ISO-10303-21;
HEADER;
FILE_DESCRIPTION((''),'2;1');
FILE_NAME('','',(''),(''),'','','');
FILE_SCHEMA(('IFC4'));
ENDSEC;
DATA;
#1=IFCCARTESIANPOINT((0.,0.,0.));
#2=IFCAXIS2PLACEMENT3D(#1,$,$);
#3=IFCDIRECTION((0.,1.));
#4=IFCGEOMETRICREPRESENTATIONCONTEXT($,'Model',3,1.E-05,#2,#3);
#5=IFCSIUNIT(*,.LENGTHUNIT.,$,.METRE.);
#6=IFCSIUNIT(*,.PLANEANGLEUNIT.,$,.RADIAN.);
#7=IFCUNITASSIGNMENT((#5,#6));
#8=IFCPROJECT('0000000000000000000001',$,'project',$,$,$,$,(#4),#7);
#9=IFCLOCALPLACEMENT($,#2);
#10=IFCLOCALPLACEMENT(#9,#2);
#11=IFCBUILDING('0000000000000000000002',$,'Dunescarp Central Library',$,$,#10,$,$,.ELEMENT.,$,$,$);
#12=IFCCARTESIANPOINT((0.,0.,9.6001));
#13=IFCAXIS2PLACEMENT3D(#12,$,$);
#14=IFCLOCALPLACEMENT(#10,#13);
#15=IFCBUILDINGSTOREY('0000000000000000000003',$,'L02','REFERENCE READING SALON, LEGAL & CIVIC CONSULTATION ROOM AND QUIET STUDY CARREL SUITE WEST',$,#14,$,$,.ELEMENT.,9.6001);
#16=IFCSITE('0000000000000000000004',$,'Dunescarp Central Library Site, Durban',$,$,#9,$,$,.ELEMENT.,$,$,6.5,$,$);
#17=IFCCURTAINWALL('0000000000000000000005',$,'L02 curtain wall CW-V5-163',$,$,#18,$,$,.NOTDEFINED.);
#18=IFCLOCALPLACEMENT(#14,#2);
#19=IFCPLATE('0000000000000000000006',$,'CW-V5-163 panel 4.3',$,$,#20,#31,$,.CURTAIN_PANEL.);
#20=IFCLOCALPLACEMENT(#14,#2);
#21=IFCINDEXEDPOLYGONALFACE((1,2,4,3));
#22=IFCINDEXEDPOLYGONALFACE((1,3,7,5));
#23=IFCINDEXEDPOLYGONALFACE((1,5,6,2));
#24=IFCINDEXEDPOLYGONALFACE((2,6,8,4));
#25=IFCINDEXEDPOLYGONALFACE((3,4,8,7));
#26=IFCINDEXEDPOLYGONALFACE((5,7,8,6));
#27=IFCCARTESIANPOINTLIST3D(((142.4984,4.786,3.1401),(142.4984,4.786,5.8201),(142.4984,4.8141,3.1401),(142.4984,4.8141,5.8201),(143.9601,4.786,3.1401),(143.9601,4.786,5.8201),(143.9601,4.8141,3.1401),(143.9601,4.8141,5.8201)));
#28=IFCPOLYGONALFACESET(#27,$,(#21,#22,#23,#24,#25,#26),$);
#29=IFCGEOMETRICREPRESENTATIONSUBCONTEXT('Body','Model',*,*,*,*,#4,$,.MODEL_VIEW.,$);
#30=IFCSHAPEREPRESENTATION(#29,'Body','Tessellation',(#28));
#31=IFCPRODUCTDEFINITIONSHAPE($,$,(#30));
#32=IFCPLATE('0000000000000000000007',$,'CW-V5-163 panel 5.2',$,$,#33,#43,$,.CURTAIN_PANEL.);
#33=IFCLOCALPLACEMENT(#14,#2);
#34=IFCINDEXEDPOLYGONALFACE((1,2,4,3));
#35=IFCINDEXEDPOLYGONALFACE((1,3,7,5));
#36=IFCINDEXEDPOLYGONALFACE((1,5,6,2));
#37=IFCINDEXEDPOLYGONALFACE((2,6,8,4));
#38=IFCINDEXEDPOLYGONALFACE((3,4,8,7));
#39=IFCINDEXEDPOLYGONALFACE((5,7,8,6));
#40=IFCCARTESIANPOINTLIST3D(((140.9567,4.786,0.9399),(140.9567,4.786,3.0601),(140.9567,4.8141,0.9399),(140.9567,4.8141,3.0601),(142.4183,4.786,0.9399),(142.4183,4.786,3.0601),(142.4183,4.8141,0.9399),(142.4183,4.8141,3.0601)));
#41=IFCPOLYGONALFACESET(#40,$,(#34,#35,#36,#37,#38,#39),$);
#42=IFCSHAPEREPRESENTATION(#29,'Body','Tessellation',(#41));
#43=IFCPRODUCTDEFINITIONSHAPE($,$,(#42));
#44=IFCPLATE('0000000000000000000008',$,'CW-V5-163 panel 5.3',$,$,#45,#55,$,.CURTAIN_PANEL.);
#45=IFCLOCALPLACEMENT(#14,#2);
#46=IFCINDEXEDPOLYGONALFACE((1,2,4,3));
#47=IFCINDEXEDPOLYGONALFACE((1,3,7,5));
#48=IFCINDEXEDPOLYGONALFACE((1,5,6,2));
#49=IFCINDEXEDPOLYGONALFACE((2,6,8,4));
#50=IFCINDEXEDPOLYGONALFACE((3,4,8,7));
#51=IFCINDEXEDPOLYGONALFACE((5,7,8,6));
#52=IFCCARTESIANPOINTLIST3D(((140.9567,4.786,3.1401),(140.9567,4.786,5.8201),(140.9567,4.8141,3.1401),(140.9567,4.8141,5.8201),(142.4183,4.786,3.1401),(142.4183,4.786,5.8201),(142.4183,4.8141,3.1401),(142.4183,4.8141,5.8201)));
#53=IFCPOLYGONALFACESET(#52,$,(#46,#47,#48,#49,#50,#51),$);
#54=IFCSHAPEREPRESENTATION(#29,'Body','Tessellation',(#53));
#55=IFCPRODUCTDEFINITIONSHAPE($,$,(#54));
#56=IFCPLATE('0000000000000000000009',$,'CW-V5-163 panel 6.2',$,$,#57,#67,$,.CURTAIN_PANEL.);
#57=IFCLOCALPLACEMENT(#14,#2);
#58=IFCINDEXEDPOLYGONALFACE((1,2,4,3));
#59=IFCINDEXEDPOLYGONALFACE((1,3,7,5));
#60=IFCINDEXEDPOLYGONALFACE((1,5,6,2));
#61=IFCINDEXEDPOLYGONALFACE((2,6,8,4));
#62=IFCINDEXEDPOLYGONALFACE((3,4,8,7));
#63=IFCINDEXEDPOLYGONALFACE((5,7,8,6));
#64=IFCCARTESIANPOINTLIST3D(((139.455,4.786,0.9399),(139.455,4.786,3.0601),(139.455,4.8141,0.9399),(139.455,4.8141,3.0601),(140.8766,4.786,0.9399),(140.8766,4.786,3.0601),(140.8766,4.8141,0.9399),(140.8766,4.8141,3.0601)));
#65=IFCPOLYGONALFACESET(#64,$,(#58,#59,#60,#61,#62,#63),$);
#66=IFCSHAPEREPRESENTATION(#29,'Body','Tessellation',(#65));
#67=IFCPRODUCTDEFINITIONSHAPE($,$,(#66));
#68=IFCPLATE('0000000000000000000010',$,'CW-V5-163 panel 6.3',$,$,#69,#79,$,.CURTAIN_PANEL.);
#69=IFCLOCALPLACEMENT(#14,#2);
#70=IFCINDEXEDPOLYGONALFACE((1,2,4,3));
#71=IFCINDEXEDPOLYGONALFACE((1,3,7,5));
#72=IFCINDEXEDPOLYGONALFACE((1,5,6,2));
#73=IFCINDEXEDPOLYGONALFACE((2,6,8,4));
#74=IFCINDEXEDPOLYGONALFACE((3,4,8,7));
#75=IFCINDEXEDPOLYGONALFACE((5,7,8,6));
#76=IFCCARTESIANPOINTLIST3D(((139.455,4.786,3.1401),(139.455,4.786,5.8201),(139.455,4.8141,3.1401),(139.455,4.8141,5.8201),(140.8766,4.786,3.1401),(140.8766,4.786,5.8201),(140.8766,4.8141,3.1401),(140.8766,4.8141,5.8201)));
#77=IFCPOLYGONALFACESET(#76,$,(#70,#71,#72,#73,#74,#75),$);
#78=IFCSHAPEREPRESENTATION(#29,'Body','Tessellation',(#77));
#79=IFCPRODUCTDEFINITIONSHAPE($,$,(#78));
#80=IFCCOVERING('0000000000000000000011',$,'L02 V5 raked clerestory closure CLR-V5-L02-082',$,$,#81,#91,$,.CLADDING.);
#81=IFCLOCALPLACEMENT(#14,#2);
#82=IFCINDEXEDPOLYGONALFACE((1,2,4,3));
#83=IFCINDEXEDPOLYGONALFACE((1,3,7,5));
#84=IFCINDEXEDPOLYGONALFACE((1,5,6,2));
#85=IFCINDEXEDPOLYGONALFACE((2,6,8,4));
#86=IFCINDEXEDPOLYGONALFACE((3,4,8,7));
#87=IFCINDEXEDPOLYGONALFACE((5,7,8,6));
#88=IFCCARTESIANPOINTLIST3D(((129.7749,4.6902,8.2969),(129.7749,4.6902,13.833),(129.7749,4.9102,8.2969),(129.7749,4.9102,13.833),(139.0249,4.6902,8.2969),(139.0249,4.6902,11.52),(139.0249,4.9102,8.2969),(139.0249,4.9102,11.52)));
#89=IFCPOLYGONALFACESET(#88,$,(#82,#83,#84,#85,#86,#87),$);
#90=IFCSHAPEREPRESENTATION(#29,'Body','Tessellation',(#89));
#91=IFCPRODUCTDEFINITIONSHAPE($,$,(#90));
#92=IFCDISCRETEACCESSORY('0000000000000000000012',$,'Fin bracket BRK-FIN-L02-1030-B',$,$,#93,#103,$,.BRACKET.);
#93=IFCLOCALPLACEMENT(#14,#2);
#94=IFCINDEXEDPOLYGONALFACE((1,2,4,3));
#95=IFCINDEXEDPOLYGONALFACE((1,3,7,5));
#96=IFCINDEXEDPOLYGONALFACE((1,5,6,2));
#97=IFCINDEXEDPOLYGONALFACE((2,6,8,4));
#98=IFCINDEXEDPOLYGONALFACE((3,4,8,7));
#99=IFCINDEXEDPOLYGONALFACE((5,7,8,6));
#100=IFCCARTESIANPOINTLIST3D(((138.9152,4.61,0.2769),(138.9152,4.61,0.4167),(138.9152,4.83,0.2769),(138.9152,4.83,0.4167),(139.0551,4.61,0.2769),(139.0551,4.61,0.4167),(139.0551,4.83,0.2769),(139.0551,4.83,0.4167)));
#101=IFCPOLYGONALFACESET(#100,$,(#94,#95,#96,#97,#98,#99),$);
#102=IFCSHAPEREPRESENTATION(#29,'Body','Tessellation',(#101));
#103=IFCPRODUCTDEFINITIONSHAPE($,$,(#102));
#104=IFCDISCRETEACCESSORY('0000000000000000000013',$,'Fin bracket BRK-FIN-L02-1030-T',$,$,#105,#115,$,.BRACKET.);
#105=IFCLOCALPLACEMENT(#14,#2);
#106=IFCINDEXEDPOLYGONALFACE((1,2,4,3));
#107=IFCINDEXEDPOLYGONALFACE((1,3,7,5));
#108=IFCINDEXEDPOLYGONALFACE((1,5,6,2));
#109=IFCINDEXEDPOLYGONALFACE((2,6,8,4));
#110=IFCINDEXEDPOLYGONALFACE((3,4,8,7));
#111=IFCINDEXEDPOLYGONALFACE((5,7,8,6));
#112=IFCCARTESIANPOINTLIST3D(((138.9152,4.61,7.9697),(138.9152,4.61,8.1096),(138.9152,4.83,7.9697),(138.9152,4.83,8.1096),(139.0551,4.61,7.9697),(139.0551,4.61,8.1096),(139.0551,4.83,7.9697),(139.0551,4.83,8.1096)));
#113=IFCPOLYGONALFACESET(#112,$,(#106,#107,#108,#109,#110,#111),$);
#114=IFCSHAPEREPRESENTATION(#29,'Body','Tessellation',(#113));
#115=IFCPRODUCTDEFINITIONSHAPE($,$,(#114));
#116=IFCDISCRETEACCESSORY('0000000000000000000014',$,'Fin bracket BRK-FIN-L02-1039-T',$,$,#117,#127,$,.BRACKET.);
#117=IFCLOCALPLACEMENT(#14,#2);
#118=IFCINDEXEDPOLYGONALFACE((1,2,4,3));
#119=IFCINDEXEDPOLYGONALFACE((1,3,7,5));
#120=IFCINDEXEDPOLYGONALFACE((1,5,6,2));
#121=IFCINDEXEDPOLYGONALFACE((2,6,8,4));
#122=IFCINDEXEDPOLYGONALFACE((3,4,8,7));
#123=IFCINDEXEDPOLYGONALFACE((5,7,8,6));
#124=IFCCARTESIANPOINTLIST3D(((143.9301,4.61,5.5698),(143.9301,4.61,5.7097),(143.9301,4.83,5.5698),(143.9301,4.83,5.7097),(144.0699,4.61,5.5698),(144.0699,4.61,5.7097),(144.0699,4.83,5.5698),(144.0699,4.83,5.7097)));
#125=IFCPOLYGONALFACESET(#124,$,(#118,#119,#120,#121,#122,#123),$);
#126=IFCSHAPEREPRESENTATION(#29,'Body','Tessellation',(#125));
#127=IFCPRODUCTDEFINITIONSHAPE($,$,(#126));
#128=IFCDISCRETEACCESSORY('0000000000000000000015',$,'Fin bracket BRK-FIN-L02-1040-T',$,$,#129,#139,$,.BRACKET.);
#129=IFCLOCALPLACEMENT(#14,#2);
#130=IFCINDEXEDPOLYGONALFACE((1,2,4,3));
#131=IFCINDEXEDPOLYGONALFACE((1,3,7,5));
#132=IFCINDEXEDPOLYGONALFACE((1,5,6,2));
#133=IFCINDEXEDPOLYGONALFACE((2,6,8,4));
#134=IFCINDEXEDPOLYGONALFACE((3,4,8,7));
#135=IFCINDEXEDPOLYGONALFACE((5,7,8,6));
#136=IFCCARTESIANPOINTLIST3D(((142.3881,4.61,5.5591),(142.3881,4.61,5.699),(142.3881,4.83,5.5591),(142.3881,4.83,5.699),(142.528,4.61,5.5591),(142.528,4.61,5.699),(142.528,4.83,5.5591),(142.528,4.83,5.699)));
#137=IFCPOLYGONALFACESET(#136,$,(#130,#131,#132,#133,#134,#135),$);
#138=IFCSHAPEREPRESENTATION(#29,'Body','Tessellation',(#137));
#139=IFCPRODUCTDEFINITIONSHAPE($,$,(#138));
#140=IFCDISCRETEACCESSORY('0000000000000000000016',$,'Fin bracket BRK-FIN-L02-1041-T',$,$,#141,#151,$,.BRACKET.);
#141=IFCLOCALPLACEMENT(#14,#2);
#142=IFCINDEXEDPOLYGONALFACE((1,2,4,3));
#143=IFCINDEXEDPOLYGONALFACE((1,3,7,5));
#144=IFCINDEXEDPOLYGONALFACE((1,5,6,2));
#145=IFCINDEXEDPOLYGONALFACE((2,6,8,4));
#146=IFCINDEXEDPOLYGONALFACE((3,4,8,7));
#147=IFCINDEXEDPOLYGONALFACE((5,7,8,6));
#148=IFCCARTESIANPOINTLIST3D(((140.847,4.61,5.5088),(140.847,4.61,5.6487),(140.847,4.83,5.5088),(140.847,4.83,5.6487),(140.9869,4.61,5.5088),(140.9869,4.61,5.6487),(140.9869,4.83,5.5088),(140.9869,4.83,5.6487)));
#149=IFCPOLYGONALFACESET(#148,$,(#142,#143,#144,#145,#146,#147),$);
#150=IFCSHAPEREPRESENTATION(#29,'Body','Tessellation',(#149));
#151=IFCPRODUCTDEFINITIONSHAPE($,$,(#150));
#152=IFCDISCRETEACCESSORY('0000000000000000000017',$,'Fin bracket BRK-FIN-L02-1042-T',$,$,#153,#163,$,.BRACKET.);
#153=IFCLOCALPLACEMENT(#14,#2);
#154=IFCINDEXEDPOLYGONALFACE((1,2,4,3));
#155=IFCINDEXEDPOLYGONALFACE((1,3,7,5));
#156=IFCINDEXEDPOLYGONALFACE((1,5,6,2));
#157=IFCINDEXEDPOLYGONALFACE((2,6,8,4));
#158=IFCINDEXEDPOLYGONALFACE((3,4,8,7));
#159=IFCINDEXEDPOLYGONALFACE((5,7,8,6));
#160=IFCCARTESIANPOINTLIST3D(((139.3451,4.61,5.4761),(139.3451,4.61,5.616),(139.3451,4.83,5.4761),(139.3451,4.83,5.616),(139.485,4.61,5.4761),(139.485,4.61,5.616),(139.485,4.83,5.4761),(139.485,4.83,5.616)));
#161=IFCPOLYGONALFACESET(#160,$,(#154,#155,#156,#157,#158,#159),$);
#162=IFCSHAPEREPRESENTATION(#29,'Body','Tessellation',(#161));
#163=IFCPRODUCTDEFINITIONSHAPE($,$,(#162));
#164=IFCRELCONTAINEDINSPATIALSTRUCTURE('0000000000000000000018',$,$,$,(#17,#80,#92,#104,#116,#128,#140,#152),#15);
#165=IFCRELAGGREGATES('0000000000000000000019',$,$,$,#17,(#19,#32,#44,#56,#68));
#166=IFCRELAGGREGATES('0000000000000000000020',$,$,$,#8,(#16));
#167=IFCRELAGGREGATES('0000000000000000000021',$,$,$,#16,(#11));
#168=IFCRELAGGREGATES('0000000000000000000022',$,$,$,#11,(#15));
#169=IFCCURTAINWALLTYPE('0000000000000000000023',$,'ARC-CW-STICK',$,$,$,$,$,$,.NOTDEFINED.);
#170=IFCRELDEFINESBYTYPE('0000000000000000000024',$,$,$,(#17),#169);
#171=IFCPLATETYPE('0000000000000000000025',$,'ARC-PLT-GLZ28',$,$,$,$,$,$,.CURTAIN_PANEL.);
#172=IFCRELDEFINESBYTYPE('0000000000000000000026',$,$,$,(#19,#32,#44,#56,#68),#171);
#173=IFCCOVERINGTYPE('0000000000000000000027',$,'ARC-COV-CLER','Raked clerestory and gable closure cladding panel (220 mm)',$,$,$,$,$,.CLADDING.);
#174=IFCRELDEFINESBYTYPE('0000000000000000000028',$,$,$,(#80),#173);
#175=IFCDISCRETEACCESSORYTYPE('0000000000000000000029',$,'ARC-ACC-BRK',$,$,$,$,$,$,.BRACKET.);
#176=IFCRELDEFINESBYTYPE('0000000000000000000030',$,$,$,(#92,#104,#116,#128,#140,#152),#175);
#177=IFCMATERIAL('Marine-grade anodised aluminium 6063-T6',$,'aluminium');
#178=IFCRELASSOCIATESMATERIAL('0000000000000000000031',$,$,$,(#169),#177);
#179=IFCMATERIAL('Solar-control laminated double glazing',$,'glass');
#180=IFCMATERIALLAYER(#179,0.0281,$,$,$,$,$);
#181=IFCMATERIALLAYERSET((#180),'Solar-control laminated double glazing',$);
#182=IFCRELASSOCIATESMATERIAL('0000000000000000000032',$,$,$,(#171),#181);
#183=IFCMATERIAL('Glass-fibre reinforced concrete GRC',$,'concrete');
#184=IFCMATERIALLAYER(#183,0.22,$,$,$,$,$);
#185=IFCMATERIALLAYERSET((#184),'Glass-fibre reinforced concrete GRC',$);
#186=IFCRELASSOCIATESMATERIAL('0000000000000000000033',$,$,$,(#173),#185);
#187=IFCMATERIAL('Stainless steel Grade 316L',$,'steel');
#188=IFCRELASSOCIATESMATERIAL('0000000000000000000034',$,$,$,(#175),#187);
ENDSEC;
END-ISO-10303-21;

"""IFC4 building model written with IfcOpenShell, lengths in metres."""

from ifc_helpers import new_model, si_unit, direction, frame, origin, origin_2d, place, context, subcontext, project, spatial, polyline, rectangle, outline, extrude, material, layer, layer_set, type_object, element, aggregate, save


model = new_model("IFC4")

# Units and contexts
model_context = context("Model", 3, precision=1e-05, world=origin(), true_north=direction((0.0, 1.0)))
body_context = subcontext(model_context, "Body", "Model", "MODEL_VIEW")
ifc_project = project(units=[si_unit("LENGTHUNIT", "METRE"), si_unit("PLANEANGLEUNIT", "RADIAN")], contexts=[model_context])

# Site, building, storey
site_placement = place(None, origin())
site = spatial("IfcSite", under=ifc_project, at=site_placement, Name="Dunescarp Central Library Site, Durban", CompositionType="ELEMENT", RefElevation=6.5)
building_placement = place(site_placement, origin())
building = spatial("IfcBuilding", under=site, at=building_placement, Name="Dunescarp Central Library", CompositionType="ELEMENT")
storey_placement = place(building_placement, frame((0.0, 0.0, 9.6001)))
storey = spatial("IfcBuildingStorey", under=building, at=storey_placement, Name="L02", Description="REFERENCE READING SALON, LEGAL & CIVIC CONSULTATION ROOM AND QUIET STUDY CARREL SUITE WEST", CompositionType="ELEMENT", Elevation=9.6001)

# Curtain wall
ifc_material_1 = material(Name="Marine-grade anodised aluminium 6063-T6", Category="aluminium")
curtain_wall_type = type_object("IfcCurtainWallType", Name="ARC-CW-STICK", PredefinedType="NOTDEFINED", material=ifc_material_1)
curtain_wall_1_placement = place(storey_placement, origin())
curtain_wall_1 = element("IfcCurtainWall", 1, at=curtain_wall_1_placement, inside=storey, type_object=curtain_wall_type, Name="L02 curtain wall CW-V5-163", PredefinedType="NOTDEFINED")

# Plates
ifc_material_2 = material(Name="Solar-control laminated double glazing", Category="glass")
ifc_layer_1 = layer(ifc_material_2, 0.0281)
ifc_layer_set_1 = layer_set([ifc_layer_1], Name="Solar-control laminated double glazing")
plate_type = type_object("IfcPlateType", Name="ARC-PLT-GLZ28", PredefinedType="CURTAIN_PANEL", material=ifc_layer_set_1)
plate_1_placement = place(storey_placement, frame((143.2292, 4.8, 3.1401), z_axis=(0.0, 0.0, 1.0), x_axis=(-1.0, 0.0, 0.0)))
plate_1 = element("IfcPlate", 2, at=plate_1_placement, type_object=plate_type, Name="CW-V5-163 panel 4.3", PredefinedType="CURTAIN_PANEL", context=body_context, shape_type="SweptSolid", body=[
    extrude(rectangle(XDim=1.4617, YDim=0.0281, at=origin_2d()), origin(), (0.0, 0.0, 1.0), 2.6799),
])
plate_2_placement = place(storey_placement, frame((141.6875, 4.8, 0.9399), z_axis=(0.0, 0.0, 1.0), x_axis=(-1.0, 0.0, 0.0)))
plate_2 = element("IfcPlate", 3, at=plate_2_placement, type_object=plate_type, Name="CW-V5-163 panel 5.2", PredefinedType="CURTAIN_PANEL", context=body_context, shape_type="SweptSolid", body=[
    extrude(rectangle(XDim=1.4617, YDim=0.0281, at=origin_2d()), origin(), (0.0, 0.0, 1.0), 2.1201),
])
plate_3_placement = place(storey_placement, frame((141.6875, 4.8, 3.1401), z_axis=(0.0, 0.0, 1.0), x_axis=(-1.0, 0.0, 0.0)))
plate_3 = element("IfcPlate", 4, at=plate_3_placement, type_object=plate_type, Name="CW-V5-163 panel 5.3", PredefinedType="CURTAIN_PANEL", context=body_context, shape_type="SweptSolid", body=[
    extrude(rectangle(XDim=1.4617, YDim=0.0281, at=origin_2d()), origin(), (0.0, 0.0, 1.0), 2.6799),
])
plate_4_placement = place(storey_placement, frame((140.1658, 4.8, 0.9399), z_axis=(0.0, 0.0, 1.0), x_axis=(-1.0, 0.0, 0.0)))
plate_4 = element("IfcPlate", 5, at=plate_4_placement, type_object=plate_type, Name="CW-V5-163 panel 6.2", PredefinedType="CURTAIN_PANEL", context=body_context, shape_type="SweptSolid", body=[
    extrude(rectangle(XDim=1.4216, YDim=0.0281, at=origin_2d()), origin(), (0.0, 0.0, 1.0), 2.1201),
])
plate_5_placement = place(storey_placement, frame((140.1658, 4.8, 3.1401), z_axis=(0.0, 0.0, 1.0), x_axis=(-1.0, 0.0, 0.0)))
plate_5 = element("IfcPlate", 6, at=plate_5_placement, type_object=plate_type, Name="CW-V5-163 panel 6.3", PredefinedType="CURTAIN_PANEL", context=body_context, shape_type="SweptSolid", body=[
    extrude(rectangle(XDim=1.4216, YDim=0.0281, at=origin_2d()), origin(), (0.0, 0.0, 1.0), 2.6799),
])
aggregate(curtain_wall_1, [plate_1, plate_2, plate_3, plate_4, plate_5])

# Covering
ifc_material_3 = material(Name="Glass-fibre reinforced concrete GRC", Category="concrete")
ifc_layer_2 = layer(ifc_material_3, 0.22)
ifc_layer_set_2 = layer_set([ifc_layer_2], Name="Glass-fibre reinforced concrete GRC")
covering_type = type_object("IfcCoveringType", Name="ARC-COV-CLER", Description="Raked clerestory and gable closure cladding panel (220 mm)", PredefinedType="CLADDING", material=ifc_layer_set_2)
covering_placement = place(storey_placement, frame((139.0249, 4.8, 8.2969), z_axis=(0.0, 0.0, 1.0), x_axis=(-1.0, 0.0, 0.0)))
element("IfcCovering", 7, at=covering_placement, inside=storey, type_object=covering_type, Name="L02 V5 raked clerestory closure CLR-V5-L02-082", PredefinedType="CLADDING", context=body_context, shape_type="SweptSolid", body=[
    extrude(outline(polyline([(0.0, 0.0), (9.25, 0.0), (9.25, 5.5361), (0.0, 3.2231), (0.0, 0.0)])), frame((0.0, 0.1099, 0.0), z_axis=(0.0, -1.0, 0.0), x_axis=(1.0, 0.0, 0.0)), (0.0, 0.0, 1.0), 0.22),
])

# Discrete accessories
ifc_material_4 = material(Name="Stainless steel Grade 316L", Category="steel")
discrete_accessory_type = type_object("IfcDiscreteAccessoryType", Name="ARC-ACC-BRK", PredefinedType="BRACKET", material=ifc_material_4)
for number, where, z_axis, x_axis, name in (
    (8, (138.9851, 4.72, 0.2769), (0.0, 0.0, 1.0), (0.0, -1.0, 0.0), "Fin bracket BRK-FIN-L02-1030-B"),
    (9, (138.9851, 4.72, 7.9697), (0.0, 0.0, 1.0), (0.0, -1.0, 0.0), "Fin bracket BRK-FIN-L02-1030-T"),
    (10, (144.0, 4.72, 5.5698), (0.0, 0.0, 1.0), (0.0, -1.0, 0.0), "Fin bracket BRK-FIN-L02-1039-T"),
    (11, (142.458, 4.72, 5.5591), (0.0, 0.0, 1.0), (0.0, -1.0, 0.0), "Fin bracket BRK-FIN-L02-1040-T"),
    (12, (140.917, 4.72, 5.5088), (0.0, 0.0, 1.0), (0.0, -1.0, 0.0), "Fin bracket BRK-FIN-L02-1041-T"),
    (13, (139.415, 4.72, 5.4761), (0.0, 0.0, 1.0), (0.0, -1.0, 0.0), "Fin bracket BRK-FIN-L02-1042-T"),
):
    element("IfcDiscreteAccessory", number, at=place(storey_placement, frame(where, z_axis=z_axis, x_axis=x_axis)), inside=storey, type_object=discrete_accessory_type, Name=name, PredefinedType="BRACKET", context=body_context, shape_type="SweptSolid", body=[
        extrude(rectangle(XDim=0.22, YDim=0.1399, at=origin_2d()), origin(), (0.0, 0.0, 1.0), 0.1399),
    ])

save(model, "model.ifc")
